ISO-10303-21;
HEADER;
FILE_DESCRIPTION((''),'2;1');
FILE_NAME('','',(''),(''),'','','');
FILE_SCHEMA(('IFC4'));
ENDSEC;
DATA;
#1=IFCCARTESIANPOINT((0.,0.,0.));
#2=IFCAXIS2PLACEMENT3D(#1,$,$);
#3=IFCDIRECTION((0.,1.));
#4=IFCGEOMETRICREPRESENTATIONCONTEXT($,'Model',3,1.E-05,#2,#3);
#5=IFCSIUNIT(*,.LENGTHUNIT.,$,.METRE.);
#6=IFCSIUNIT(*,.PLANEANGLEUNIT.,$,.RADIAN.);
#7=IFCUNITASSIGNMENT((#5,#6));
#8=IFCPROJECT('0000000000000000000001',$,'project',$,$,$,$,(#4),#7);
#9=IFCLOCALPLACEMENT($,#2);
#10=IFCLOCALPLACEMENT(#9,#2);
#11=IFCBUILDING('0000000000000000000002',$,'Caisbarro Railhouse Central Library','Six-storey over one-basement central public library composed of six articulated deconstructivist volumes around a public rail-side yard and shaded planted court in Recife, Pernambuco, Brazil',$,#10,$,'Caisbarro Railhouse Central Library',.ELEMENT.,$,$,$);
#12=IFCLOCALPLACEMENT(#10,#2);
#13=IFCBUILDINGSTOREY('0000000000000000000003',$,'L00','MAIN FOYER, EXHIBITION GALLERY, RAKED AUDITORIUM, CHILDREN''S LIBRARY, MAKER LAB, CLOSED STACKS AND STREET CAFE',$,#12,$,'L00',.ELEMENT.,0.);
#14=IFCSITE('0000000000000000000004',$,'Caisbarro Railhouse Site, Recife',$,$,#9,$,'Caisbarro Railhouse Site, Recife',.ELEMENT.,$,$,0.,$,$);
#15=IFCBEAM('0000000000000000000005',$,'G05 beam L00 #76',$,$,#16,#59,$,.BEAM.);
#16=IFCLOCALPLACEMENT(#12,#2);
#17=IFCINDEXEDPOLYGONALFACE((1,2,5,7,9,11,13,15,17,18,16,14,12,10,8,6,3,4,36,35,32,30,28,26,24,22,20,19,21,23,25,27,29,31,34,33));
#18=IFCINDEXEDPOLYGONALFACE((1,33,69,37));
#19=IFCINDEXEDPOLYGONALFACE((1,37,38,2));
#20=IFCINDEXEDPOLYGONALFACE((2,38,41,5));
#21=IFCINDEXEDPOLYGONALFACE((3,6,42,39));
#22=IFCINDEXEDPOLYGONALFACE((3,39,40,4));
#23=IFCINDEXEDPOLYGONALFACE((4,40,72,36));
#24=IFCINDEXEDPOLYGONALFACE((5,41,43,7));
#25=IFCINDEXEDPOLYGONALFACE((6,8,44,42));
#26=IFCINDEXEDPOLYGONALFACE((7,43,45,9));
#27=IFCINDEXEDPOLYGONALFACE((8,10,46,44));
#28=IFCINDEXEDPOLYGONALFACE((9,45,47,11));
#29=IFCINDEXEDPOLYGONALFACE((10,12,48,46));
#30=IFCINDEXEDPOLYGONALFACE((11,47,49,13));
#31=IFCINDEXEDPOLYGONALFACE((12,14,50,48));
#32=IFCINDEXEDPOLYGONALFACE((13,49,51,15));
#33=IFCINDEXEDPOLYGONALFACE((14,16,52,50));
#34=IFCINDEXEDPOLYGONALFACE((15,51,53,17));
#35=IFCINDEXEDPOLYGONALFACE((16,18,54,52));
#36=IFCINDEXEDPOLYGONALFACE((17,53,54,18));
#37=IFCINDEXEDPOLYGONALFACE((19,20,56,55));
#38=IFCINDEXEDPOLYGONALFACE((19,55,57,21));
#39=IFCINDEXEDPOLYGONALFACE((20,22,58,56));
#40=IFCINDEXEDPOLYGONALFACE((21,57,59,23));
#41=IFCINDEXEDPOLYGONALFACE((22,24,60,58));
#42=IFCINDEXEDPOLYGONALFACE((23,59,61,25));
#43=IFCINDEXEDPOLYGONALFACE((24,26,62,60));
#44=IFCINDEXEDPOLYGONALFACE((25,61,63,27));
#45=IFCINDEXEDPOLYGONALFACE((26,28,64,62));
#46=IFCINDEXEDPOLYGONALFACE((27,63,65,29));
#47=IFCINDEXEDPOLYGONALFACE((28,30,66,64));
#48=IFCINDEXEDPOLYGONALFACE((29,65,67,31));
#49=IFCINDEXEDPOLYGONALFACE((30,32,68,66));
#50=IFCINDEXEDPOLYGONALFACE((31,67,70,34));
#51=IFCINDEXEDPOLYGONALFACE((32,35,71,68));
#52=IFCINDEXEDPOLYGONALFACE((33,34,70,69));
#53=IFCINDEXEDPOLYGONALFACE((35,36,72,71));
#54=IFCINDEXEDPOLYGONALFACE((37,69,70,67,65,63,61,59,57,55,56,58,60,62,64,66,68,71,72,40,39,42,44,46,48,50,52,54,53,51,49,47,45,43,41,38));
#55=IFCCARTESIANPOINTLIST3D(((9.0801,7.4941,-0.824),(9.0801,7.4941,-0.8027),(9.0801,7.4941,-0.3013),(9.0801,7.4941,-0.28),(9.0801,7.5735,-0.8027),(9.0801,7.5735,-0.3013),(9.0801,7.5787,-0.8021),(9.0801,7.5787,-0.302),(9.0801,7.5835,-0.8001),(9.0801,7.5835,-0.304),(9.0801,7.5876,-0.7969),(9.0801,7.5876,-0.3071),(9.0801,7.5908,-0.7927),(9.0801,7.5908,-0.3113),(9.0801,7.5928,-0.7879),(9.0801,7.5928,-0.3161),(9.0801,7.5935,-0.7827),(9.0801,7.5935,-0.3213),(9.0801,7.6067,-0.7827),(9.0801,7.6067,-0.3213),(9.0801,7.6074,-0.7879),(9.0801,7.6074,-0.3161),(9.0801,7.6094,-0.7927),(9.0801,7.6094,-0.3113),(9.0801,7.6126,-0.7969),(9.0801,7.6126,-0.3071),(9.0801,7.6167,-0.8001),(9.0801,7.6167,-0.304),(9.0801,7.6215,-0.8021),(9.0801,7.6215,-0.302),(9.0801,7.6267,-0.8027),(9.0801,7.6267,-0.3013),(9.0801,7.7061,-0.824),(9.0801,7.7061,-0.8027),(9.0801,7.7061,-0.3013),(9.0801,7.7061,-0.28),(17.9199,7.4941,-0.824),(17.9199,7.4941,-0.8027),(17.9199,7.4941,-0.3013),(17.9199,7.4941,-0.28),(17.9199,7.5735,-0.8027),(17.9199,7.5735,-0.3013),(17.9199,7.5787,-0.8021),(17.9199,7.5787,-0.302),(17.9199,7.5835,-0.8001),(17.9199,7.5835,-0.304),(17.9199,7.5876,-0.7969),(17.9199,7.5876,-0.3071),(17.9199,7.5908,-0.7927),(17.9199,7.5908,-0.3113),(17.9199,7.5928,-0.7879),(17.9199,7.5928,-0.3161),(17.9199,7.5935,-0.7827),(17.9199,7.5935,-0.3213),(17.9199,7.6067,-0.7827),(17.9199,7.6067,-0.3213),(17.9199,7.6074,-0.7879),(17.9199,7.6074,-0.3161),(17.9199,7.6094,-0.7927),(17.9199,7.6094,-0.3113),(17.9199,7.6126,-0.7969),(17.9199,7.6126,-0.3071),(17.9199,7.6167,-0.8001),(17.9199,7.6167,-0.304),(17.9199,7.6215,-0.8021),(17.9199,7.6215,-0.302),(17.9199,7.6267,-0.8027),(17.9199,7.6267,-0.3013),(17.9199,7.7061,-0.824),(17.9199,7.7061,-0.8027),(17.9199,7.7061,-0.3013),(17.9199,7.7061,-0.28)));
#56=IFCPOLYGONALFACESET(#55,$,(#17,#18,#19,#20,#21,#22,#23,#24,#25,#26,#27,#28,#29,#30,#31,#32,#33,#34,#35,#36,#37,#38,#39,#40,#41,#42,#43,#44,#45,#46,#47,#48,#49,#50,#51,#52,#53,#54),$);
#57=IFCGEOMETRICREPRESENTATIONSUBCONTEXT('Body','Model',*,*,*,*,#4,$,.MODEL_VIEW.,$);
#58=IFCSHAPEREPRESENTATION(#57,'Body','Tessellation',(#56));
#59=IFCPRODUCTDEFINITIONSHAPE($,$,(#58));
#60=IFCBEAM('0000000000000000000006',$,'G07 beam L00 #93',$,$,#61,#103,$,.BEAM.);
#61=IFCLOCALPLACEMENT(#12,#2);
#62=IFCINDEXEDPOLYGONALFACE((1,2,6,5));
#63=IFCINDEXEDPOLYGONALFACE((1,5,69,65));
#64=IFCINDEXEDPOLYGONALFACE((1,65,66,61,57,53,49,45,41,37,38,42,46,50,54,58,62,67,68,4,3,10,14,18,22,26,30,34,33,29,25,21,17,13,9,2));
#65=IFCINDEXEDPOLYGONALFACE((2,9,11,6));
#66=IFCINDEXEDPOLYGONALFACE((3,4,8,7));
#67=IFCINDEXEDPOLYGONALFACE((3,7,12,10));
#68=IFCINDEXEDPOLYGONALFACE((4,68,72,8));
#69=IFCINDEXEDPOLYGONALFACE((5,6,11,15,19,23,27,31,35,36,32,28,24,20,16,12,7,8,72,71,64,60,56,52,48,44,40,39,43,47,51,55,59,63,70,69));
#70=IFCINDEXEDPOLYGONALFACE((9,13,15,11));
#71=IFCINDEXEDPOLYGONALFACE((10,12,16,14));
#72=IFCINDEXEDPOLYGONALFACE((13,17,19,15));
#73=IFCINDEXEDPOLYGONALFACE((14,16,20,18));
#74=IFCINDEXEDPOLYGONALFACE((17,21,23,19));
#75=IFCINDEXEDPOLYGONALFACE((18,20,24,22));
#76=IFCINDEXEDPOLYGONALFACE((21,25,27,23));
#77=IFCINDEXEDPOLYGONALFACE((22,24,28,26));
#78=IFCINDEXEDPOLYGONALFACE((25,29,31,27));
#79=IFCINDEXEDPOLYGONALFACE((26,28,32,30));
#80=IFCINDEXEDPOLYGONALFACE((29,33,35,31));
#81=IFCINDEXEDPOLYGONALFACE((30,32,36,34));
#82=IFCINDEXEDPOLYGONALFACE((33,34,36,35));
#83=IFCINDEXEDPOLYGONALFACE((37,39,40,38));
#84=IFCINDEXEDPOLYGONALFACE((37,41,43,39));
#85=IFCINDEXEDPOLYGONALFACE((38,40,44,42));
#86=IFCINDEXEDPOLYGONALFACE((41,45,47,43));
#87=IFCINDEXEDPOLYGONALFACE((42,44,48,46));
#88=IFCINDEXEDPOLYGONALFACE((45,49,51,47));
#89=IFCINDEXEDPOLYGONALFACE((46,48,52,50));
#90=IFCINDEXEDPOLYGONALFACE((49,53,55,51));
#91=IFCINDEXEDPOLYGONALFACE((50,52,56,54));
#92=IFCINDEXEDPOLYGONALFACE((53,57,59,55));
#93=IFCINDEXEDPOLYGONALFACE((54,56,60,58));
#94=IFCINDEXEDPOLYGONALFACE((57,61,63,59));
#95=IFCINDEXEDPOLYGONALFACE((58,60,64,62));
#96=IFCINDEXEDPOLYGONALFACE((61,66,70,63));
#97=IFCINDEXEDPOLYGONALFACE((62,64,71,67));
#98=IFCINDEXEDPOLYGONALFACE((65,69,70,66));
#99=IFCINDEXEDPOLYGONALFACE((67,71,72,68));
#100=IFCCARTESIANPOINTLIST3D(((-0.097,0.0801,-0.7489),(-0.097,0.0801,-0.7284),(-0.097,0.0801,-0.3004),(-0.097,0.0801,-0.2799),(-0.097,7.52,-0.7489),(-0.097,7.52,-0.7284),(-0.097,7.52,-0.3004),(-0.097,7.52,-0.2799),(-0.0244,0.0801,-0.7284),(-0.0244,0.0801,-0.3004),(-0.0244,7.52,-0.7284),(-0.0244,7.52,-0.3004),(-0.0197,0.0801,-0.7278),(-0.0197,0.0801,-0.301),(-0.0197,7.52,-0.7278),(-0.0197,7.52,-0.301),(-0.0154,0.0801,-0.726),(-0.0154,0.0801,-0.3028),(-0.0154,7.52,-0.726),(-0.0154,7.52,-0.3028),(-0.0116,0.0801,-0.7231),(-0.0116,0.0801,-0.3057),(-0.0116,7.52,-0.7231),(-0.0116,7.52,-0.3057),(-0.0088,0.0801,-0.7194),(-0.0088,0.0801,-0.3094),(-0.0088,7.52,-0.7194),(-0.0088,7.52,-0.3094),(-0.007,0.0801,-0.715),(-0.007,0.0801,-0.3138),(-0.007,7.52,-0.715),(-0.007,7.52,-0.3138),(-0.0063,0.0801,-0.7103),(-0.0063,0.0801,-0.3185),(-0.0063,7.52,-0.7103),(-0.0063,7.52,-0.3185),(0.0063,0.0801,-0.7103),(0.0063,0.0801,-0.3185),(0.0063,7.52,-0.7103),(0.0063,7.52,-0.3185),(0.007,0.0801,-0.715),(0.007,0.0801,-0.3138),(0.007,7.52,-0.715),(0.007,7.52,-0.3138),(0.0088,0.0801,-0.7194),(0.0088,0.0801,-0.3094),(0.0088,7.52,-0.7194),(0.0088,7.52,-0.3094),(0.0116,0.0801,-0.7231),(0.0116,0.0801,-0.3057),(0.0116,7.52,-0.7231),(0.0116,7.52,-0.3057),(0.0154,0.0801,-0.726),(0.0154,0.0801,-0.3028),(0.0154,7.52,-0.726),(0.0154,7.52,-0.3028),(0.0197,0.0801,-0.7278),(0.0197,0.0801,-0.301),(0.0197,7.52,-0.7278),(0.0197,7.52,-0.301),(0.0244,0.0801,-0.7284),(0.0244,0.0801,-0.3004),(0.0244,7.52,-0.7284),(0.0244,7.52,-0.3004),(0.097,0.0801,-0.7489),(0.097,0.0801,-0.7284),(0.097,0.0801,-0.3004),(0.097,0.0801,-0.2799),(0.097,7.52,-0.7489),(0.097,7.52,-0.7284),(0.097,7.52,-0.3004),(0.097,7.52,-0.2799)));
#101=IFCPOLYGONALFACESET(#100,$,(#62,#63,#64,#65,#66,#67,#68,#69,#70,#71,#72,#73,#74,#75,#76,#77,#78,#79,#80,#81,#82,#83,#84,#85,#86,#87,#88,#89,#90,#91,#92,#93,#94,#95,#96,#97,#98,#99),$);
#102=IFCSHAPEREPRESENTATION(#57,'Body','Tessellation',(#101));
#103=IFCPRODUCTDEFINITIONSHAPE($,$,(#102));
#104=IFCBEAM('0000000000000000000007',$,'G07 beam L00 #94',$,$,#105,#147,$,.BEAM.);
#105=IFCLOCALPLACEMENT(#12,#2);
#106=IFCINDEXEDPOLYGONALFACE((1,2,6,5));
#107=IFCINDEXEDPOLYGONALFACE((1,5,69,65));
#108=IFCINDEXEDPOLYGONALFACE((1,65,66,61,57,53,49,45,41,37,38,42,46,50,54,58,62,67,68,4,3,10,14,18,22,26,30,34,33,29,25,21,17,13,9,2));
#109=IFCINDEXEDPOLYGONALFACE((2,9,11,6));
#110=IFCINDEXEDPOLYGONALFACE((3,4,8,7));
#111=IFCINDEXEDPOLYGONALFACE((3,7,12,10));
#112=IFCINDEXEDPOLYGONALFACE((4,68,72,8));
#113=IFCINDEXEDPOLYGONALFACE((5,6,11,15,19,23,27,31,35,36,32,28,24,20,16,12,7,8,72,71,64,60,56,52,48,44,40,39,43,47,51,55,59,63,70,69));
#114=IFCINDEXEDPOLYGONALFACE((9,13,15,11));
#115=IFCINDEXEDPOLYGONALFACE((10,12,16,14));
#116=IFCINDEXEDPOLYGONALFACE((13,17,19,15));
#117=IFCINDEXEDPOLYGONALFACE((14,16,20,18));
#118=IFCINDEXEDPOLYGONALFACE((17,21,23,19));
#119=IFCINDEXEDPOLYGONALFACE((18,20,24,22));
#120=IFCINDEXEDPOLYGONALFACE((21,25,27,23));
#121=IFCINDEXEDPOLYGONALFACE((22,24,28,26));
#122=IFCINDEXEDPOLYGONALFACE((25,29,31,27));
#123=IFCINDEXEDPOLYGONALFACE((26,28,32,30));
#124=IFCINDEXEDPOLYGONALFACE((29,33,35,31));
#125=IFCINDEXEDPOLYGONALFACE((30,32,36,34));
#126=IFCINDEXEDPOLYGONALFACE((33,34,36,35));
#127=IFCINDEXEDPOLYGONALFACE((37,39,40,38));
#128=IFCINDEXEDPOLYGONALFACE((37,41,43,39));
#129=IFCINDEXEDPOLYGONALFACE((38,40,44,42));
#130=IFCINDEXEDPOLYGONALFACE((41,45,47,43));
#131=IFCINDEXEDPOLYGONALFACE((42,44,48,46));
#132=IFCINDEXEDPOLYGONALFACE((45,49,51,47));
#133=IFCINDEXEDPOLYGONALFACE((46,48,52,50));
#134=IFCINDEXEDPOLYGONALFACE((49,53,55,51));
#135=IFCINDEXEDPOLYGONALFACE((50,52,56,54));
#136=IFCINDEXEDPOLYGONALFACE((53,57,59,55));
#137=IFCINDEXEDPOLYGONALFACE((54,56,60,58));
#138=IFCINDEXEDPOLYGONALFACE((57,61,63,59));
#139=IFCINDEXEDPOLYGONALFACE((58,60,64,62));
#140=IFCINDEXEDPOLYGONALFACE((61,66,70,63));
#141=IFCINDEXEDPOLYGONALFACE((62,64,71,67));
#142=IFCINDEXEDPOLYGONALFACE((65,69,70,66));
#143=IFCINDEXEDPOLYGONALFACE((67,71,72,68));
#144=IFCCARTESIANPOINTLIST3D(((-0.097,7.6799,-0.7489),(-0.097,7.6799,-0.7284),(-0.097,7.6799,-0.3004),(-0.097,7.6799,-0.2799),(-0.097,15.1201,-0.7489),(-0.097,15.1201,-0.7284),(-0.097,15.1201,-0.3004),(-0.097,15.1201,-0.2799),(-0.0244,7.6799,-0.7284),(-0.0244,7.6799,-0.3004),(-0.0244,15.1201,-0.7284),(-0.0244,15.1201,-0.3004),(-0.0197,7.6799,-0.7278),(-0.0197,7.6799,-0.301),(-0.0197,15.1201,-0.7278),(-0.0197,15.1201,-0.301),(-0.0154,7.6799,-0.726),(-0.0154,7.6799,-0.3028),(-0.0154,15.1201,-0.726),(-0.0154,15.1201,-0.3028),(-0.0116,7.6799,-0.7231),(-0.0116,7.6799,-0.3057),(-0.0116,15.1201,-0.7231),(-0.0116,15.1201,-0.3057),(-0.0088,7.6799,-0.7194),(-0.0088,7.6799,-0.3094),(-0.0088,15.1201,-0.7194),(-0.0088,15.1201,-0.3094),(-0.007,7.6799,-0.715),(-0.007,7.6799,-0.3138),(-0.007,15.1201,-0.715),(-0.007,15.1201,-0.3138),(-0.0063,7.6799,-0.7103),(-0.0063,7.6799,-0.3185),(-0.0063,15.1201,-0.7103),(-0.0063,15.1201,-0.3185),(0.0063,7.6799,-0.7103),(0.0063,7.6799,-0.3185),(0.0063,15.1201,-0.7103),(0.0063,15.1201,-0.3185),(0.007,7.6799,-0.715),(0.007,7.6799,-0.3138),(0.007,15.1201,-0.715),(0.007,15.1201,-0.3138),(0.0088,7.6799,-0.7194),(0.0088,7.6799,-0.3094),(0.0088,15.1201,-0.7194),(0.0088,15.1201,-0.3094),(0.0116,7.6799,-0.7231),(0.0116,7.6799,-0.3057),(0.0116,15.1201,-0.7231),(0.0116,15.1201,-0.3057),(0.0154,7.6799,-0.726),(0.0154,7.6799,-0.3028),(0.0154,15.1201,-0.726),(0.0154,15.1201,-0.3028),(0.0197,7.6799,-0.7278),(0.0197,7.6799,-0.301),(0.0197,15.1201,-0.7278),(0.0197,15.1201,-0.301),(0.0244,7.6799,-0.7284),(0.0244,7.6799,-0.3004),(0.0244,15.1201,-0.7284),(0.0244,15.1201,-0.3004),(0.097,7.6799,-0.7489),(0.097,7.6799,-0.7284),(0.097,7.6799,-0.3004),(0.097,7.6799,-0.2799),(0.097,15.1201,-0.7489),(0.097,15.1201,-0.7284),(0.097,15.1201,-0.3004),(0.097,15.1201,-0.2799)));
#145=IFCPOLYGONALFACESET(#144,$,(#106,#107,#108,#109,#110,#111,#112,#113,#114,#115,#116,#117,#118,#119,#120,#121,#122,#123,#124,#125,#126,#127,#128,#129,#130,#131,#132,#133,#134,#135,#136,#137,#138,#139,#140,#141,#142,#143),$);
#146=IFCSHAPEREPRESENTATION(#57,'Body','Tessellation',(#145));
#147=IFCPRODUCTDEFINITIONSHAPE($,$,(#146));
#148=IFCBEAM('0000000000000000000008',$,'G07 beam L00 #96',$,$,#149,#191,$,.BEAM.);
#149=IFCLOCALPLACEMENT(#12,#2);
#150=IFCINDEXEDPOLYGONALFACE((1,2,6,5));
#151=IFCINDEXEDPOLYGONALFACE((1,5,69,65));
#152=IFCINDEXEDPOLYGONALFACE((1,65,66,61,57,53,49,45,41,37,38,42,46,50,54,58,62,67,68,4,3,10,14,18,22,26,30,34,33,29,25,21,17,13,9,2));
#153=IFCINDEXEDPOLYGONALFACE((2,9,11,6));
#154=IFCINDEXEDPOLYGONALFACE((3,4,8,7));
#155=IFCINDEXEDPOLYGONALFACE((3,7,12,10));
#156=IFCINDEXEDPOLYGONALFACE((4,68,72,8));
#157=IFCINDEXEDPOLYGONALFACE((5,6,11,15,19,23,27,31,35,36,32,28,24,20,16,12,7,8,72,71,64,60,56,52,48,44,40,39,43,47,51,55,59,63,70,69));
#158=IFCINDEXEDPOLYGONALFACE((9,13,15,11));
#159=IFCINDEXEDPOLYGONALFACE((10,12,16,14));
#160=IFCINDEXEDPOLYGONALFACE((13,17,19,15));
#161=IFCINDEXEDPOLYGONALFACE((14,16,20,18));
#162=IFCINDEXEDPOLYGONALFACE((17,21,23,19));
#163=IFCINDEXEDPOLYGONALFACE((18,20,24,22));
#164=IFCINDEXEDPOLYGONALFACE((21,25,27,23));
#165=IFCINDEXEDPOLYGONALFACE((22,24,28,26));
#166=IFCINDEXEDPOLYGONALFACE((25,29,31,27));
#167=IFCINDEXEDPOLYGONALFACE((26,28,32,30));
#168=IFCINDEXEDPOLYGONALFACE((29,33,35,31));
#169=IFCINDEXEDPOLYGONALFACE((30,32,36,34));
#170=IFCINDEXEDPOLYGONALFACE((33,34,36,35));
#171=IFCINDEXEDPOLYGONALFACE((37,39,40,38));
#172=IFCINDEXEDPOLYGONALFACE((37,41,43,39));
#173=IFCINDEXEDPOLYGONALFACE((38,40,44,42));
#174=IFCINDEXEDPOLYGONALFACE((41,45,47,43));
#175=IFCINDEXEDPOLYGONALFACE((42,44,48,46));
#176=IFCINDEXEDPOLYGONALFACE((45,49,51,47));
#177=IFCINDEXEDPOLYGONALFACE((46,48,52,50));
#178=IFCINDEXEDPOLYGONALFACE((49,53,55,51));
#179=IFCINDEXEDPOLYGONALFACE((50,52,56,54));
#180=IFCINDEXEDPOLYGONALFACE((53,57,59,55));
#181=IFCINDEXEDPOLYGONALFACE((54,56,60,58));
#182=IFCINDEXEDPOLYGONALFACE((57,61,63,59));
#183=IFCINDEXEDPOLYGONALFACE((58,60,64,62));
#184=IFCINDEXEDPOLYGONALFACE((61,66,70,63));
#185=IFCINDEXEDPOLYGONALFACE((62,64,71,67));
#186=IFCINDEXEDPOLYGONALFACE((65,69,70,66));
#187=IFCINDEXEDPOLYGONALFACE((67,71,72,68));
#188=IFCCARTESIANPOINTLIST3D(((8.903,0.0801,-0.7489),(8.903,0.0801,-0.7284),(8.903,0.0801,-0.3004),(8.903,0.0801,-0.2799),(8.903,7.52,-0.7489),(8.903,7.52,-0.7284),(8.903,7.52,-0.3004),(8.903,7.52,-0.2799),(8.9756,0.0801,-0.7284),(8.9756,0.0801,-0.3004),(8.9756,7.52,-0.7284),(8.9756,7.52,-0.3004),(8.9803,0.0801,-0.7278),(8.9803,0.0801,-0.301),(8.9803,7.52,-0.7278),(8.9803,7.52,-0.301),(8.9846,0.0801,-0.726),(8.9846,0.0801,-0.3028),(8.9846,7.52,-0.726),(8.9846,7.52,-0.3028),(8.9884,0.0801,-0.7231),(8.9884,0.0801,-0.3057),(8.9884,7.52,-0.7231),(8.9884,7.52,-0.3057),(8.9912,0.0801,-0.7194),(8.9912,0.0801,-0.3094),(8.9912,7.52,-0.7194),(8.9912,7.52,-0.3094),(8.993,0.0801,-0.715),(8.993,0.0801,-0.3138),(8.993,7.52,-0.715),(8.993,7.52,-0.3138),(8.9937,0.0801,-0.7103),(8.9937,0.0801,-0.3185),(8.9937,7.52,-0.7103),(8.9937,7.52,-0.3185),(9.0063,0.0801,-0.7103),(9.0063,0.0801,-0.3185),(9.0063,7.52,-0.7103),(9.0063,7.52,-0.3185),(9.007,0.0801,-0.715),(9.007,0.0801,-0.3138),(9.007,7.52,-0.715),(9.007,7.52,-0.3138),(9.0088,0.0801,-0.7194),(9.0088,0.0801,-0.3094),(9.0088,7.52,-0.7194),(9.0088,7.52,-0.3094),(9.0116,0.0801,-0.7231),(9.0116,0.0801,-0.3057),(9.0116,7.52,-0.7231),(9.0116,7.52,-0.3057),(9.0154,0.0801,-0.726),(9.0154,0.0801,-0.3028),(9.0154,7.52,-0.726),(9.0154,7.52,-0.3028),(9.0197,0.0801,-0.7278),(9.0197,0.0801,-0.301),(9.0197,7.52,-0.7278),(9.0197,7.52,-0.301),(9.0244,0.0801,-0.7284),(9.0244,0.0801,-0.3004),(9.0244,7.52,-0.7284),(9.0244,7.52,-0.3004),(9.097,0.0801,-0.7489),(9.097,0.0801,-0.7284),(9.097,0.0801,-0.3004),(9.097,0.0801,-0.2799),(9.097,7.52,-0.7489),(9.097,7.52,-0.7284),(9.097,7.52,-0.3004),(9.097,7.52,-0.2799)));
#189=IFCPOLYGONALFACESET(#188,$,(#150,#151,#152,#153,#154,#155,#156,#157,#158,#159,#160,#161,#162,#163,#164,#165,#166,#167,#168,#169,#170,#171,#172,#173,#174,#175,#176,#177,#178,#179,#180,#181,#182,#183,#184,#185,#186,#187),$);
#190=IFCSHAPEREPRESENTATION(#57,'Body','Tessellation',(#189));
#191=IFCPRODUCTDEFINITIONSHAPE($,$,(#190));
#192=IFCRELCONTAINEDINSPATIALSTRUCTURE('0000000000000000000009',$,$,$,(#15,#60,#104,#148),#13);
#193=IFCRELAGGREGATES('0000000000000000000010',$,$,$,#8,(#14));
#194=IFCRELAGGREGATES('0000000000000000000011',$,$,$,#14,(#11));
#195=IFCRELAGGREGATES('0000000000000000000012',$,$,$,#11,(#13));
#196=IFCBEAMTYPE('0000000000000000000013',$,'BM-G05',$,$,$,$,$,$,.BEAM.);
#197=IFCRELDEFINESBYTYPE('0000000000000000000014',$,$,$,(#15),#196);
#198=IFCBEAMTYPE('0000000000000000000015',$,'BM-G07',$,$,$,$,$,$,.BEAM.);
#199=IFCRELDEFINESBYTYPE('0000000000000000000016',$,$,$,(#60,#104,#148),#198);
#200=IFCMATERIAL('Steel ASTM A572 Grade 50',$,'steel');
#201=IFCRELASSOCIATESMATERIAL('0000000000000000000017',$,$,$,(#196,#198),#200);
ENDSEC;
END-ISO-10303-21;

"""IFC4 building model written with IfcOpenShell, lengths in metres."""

from ifc_helpers import new_model, si_unit, direction, frame, origin, origin_2d, place, context, subcontext, project, spatial, i_section, extrude, material, material_profile, profile_set, type_object, element, save


model = new_model("IFC4")

# Units and contexts
model_context = context("Model", 3, precision=1e-05, world=origin(), true_north=direction((0.0, 1.0)))
body_context = subcontext(model_context, "Body", "Model", "MODEL_VIEW")
ifc_project = project(units=[si_unit("LENGTHUNIT", "METRE"), si_unit("PLANEANGLEUNIT", "RADIAN")], contexts=[model_context])

# Site, building, storey
site_placement = place(None, origin())
site = spatial("IfcSite", under=ifc_project, at=site_placement, Name="Caisbarro Railhouse Site, Recife", LongName="Caisbarro Railhouse Site, Recife", CompositionType="ELEMENT", RefElevation=0.0)
building_placement = place(site_placement, origin())
building = spatial("IfcBuilding", under=site, at=building_placement, Name="Caisbarro Railhouse Central Library", Description="Six-storey over one-basement central public library composed of six articulated deconstructivist volumes around a public rail-side yard and shaded planted court in Recife, Pernambuco, Brazil", LongName="Caisbarro Railhouse Central Library", CompositionType="ELEMENT")
storey_placement = place(building_placement, origin())
storey = spatial("IfcBuildingStorey", under=building, at=storey_placement, Name="L00", Description="MAIN FOYER, EXHIBITION GALLERY, RAKED AUDITORIUM, CHILDREN'S LIBRARY, MAKER LAB, CLOSED STACKS AND STREET CAFE", LongName="L00", CompositionType="ELEMENT", Elevation=0.0)

# Shared definitions
ifc_material_1 = material(Name="Steel ASTM A572 Grade 50", Category="steel")

# Beams
ifc_material_profile_1 = material_profile(ifc_material_1, i_section(OverallWidth=0.2119, OverallDepth=0.5439, WebThickness=0.0132, FlangeThickness=0.0212, FilletRadius=0.02, at=origin_2d()), Name="W530X123.0")
ifc_profile_set_1 = profile_set([ifc_material_profile_1], Name="Steel ASTM A572 Grade 50")
beam_type_1 = type_object("IfcBeamType", Name="BM-G05", PredefinedType="BEAM", material=ifc_profile_set_1)
for number, where, z_axis, x_axis, name in (
    (1, (9.0801, 7.6001, -0.552), (1.0, 0.0, 0.0), (0.0, 1.0, 0.0), "G05 beam L00 #76"),
):
    element("IfcBeam", number, at=place(storey_placement, frame(where, z_axis=z_axis, x_axis=x_axis)), inside=storey, type_object=beam_type_1, Name=name, PredefinedType="BEAM", context=body_context, shape_type="SweptSolid", body=[
        extrude(i_section(OverallWidth=0.2119, OverallDepth=0.5439, WebThickness=0.0132, FlangeThickness=0.0212, FilletRadius=0.02, at=origin_2d()), origin(), (0.0, 0.0, 1.0), 8.8398),
    ])
ifc_material_profile_2 = material_profile(ifc_material_1, i_section(OverallWidth=0.1941, OverallDepth=0.469, WebThickness=0.0127, FlangeThickness=0.0205, FilletRadius=0.0181, at=origin_2d()), Name="W460X106.0")
ifc_profile_set_2 = profile_set([ifc_material_profile_2], Name="Steel ASTM A572 Grade 50")
beam_type_2 = type_object("IfcBeamType", Name="BM-G07", PredefinedType="BEAM", material=ifc_profile_set_2)
beam_1_placement = place(storey_placement, frame((0.0, 0.0801, -0.5144), z_axis=(0.0, 1.0, 0.0), x_axis=(-1.0, 0.0, 0.0)))
element("IfcBeam", 2, at=beam_1_placement, inside=storey, type_object=beam_type_2, Name="G07 beam L00 #93", PredefinedType="BEAM", context=body_context, shape_type="SweptSolid", body=[
    extrude(i_section(OverallWidth=0.1941, OverallDepth=0.469, WebThickness=0.0127, FlangeThickness=0.0205, FilletRadius=0.0181, at=origin_2d()), origin(), (0.0, 0.0, 1.0), 7.4399),
])
beam_2_placement = place(storey_placement, frame((0.0, 7.6799, -0.5144), z_axis=(0.0, 1.0, 0.0), x_axis=(-1.0, 0.0, 0.0)))
element("IfcBeam", 3, at=beam_2_placement, inside=storey, type_object=beam_type_2, Name="G07 beam L00 #94", PredefinedType="BEAM", context=body_context, shape_type="SweptSolid", body=[
    extrude(i_section(OverallWidth=0.1941, OverallDepth=0.469, WebThickness=0.0127, FlangeThickness=0.0205, FilletRadius=0.0181, at=origin_2d()), origin(), (0.0, 0.0, 1.0), 7.4402),
])
beam_3_placement = place(storey_placement, frame((9.0, 0.0801, -0.5144), z_axis=(0.0, 1.0, 0.0), x_axis=(-1.0, 0.0, 0.0)))
element("IfcBeam", 4, at=beam_3_placement, inside=storey, type_object=beam_type_2, Name="G07 beam L00 #96", PredefinedType="BEAM", context=body_context, shape_type="SweptSolid", body=[
    extrude(i_section(OverallWidth=0.1941, OverallDepth=0.469, WebThickness=0.0127, FlangeThickness=0.0205, FilletRadius=0.0181, at=origin_2d()), origin(), (0.0, 0.0, 1.0), 7.4399),
])

save(model, "model.ifc")
